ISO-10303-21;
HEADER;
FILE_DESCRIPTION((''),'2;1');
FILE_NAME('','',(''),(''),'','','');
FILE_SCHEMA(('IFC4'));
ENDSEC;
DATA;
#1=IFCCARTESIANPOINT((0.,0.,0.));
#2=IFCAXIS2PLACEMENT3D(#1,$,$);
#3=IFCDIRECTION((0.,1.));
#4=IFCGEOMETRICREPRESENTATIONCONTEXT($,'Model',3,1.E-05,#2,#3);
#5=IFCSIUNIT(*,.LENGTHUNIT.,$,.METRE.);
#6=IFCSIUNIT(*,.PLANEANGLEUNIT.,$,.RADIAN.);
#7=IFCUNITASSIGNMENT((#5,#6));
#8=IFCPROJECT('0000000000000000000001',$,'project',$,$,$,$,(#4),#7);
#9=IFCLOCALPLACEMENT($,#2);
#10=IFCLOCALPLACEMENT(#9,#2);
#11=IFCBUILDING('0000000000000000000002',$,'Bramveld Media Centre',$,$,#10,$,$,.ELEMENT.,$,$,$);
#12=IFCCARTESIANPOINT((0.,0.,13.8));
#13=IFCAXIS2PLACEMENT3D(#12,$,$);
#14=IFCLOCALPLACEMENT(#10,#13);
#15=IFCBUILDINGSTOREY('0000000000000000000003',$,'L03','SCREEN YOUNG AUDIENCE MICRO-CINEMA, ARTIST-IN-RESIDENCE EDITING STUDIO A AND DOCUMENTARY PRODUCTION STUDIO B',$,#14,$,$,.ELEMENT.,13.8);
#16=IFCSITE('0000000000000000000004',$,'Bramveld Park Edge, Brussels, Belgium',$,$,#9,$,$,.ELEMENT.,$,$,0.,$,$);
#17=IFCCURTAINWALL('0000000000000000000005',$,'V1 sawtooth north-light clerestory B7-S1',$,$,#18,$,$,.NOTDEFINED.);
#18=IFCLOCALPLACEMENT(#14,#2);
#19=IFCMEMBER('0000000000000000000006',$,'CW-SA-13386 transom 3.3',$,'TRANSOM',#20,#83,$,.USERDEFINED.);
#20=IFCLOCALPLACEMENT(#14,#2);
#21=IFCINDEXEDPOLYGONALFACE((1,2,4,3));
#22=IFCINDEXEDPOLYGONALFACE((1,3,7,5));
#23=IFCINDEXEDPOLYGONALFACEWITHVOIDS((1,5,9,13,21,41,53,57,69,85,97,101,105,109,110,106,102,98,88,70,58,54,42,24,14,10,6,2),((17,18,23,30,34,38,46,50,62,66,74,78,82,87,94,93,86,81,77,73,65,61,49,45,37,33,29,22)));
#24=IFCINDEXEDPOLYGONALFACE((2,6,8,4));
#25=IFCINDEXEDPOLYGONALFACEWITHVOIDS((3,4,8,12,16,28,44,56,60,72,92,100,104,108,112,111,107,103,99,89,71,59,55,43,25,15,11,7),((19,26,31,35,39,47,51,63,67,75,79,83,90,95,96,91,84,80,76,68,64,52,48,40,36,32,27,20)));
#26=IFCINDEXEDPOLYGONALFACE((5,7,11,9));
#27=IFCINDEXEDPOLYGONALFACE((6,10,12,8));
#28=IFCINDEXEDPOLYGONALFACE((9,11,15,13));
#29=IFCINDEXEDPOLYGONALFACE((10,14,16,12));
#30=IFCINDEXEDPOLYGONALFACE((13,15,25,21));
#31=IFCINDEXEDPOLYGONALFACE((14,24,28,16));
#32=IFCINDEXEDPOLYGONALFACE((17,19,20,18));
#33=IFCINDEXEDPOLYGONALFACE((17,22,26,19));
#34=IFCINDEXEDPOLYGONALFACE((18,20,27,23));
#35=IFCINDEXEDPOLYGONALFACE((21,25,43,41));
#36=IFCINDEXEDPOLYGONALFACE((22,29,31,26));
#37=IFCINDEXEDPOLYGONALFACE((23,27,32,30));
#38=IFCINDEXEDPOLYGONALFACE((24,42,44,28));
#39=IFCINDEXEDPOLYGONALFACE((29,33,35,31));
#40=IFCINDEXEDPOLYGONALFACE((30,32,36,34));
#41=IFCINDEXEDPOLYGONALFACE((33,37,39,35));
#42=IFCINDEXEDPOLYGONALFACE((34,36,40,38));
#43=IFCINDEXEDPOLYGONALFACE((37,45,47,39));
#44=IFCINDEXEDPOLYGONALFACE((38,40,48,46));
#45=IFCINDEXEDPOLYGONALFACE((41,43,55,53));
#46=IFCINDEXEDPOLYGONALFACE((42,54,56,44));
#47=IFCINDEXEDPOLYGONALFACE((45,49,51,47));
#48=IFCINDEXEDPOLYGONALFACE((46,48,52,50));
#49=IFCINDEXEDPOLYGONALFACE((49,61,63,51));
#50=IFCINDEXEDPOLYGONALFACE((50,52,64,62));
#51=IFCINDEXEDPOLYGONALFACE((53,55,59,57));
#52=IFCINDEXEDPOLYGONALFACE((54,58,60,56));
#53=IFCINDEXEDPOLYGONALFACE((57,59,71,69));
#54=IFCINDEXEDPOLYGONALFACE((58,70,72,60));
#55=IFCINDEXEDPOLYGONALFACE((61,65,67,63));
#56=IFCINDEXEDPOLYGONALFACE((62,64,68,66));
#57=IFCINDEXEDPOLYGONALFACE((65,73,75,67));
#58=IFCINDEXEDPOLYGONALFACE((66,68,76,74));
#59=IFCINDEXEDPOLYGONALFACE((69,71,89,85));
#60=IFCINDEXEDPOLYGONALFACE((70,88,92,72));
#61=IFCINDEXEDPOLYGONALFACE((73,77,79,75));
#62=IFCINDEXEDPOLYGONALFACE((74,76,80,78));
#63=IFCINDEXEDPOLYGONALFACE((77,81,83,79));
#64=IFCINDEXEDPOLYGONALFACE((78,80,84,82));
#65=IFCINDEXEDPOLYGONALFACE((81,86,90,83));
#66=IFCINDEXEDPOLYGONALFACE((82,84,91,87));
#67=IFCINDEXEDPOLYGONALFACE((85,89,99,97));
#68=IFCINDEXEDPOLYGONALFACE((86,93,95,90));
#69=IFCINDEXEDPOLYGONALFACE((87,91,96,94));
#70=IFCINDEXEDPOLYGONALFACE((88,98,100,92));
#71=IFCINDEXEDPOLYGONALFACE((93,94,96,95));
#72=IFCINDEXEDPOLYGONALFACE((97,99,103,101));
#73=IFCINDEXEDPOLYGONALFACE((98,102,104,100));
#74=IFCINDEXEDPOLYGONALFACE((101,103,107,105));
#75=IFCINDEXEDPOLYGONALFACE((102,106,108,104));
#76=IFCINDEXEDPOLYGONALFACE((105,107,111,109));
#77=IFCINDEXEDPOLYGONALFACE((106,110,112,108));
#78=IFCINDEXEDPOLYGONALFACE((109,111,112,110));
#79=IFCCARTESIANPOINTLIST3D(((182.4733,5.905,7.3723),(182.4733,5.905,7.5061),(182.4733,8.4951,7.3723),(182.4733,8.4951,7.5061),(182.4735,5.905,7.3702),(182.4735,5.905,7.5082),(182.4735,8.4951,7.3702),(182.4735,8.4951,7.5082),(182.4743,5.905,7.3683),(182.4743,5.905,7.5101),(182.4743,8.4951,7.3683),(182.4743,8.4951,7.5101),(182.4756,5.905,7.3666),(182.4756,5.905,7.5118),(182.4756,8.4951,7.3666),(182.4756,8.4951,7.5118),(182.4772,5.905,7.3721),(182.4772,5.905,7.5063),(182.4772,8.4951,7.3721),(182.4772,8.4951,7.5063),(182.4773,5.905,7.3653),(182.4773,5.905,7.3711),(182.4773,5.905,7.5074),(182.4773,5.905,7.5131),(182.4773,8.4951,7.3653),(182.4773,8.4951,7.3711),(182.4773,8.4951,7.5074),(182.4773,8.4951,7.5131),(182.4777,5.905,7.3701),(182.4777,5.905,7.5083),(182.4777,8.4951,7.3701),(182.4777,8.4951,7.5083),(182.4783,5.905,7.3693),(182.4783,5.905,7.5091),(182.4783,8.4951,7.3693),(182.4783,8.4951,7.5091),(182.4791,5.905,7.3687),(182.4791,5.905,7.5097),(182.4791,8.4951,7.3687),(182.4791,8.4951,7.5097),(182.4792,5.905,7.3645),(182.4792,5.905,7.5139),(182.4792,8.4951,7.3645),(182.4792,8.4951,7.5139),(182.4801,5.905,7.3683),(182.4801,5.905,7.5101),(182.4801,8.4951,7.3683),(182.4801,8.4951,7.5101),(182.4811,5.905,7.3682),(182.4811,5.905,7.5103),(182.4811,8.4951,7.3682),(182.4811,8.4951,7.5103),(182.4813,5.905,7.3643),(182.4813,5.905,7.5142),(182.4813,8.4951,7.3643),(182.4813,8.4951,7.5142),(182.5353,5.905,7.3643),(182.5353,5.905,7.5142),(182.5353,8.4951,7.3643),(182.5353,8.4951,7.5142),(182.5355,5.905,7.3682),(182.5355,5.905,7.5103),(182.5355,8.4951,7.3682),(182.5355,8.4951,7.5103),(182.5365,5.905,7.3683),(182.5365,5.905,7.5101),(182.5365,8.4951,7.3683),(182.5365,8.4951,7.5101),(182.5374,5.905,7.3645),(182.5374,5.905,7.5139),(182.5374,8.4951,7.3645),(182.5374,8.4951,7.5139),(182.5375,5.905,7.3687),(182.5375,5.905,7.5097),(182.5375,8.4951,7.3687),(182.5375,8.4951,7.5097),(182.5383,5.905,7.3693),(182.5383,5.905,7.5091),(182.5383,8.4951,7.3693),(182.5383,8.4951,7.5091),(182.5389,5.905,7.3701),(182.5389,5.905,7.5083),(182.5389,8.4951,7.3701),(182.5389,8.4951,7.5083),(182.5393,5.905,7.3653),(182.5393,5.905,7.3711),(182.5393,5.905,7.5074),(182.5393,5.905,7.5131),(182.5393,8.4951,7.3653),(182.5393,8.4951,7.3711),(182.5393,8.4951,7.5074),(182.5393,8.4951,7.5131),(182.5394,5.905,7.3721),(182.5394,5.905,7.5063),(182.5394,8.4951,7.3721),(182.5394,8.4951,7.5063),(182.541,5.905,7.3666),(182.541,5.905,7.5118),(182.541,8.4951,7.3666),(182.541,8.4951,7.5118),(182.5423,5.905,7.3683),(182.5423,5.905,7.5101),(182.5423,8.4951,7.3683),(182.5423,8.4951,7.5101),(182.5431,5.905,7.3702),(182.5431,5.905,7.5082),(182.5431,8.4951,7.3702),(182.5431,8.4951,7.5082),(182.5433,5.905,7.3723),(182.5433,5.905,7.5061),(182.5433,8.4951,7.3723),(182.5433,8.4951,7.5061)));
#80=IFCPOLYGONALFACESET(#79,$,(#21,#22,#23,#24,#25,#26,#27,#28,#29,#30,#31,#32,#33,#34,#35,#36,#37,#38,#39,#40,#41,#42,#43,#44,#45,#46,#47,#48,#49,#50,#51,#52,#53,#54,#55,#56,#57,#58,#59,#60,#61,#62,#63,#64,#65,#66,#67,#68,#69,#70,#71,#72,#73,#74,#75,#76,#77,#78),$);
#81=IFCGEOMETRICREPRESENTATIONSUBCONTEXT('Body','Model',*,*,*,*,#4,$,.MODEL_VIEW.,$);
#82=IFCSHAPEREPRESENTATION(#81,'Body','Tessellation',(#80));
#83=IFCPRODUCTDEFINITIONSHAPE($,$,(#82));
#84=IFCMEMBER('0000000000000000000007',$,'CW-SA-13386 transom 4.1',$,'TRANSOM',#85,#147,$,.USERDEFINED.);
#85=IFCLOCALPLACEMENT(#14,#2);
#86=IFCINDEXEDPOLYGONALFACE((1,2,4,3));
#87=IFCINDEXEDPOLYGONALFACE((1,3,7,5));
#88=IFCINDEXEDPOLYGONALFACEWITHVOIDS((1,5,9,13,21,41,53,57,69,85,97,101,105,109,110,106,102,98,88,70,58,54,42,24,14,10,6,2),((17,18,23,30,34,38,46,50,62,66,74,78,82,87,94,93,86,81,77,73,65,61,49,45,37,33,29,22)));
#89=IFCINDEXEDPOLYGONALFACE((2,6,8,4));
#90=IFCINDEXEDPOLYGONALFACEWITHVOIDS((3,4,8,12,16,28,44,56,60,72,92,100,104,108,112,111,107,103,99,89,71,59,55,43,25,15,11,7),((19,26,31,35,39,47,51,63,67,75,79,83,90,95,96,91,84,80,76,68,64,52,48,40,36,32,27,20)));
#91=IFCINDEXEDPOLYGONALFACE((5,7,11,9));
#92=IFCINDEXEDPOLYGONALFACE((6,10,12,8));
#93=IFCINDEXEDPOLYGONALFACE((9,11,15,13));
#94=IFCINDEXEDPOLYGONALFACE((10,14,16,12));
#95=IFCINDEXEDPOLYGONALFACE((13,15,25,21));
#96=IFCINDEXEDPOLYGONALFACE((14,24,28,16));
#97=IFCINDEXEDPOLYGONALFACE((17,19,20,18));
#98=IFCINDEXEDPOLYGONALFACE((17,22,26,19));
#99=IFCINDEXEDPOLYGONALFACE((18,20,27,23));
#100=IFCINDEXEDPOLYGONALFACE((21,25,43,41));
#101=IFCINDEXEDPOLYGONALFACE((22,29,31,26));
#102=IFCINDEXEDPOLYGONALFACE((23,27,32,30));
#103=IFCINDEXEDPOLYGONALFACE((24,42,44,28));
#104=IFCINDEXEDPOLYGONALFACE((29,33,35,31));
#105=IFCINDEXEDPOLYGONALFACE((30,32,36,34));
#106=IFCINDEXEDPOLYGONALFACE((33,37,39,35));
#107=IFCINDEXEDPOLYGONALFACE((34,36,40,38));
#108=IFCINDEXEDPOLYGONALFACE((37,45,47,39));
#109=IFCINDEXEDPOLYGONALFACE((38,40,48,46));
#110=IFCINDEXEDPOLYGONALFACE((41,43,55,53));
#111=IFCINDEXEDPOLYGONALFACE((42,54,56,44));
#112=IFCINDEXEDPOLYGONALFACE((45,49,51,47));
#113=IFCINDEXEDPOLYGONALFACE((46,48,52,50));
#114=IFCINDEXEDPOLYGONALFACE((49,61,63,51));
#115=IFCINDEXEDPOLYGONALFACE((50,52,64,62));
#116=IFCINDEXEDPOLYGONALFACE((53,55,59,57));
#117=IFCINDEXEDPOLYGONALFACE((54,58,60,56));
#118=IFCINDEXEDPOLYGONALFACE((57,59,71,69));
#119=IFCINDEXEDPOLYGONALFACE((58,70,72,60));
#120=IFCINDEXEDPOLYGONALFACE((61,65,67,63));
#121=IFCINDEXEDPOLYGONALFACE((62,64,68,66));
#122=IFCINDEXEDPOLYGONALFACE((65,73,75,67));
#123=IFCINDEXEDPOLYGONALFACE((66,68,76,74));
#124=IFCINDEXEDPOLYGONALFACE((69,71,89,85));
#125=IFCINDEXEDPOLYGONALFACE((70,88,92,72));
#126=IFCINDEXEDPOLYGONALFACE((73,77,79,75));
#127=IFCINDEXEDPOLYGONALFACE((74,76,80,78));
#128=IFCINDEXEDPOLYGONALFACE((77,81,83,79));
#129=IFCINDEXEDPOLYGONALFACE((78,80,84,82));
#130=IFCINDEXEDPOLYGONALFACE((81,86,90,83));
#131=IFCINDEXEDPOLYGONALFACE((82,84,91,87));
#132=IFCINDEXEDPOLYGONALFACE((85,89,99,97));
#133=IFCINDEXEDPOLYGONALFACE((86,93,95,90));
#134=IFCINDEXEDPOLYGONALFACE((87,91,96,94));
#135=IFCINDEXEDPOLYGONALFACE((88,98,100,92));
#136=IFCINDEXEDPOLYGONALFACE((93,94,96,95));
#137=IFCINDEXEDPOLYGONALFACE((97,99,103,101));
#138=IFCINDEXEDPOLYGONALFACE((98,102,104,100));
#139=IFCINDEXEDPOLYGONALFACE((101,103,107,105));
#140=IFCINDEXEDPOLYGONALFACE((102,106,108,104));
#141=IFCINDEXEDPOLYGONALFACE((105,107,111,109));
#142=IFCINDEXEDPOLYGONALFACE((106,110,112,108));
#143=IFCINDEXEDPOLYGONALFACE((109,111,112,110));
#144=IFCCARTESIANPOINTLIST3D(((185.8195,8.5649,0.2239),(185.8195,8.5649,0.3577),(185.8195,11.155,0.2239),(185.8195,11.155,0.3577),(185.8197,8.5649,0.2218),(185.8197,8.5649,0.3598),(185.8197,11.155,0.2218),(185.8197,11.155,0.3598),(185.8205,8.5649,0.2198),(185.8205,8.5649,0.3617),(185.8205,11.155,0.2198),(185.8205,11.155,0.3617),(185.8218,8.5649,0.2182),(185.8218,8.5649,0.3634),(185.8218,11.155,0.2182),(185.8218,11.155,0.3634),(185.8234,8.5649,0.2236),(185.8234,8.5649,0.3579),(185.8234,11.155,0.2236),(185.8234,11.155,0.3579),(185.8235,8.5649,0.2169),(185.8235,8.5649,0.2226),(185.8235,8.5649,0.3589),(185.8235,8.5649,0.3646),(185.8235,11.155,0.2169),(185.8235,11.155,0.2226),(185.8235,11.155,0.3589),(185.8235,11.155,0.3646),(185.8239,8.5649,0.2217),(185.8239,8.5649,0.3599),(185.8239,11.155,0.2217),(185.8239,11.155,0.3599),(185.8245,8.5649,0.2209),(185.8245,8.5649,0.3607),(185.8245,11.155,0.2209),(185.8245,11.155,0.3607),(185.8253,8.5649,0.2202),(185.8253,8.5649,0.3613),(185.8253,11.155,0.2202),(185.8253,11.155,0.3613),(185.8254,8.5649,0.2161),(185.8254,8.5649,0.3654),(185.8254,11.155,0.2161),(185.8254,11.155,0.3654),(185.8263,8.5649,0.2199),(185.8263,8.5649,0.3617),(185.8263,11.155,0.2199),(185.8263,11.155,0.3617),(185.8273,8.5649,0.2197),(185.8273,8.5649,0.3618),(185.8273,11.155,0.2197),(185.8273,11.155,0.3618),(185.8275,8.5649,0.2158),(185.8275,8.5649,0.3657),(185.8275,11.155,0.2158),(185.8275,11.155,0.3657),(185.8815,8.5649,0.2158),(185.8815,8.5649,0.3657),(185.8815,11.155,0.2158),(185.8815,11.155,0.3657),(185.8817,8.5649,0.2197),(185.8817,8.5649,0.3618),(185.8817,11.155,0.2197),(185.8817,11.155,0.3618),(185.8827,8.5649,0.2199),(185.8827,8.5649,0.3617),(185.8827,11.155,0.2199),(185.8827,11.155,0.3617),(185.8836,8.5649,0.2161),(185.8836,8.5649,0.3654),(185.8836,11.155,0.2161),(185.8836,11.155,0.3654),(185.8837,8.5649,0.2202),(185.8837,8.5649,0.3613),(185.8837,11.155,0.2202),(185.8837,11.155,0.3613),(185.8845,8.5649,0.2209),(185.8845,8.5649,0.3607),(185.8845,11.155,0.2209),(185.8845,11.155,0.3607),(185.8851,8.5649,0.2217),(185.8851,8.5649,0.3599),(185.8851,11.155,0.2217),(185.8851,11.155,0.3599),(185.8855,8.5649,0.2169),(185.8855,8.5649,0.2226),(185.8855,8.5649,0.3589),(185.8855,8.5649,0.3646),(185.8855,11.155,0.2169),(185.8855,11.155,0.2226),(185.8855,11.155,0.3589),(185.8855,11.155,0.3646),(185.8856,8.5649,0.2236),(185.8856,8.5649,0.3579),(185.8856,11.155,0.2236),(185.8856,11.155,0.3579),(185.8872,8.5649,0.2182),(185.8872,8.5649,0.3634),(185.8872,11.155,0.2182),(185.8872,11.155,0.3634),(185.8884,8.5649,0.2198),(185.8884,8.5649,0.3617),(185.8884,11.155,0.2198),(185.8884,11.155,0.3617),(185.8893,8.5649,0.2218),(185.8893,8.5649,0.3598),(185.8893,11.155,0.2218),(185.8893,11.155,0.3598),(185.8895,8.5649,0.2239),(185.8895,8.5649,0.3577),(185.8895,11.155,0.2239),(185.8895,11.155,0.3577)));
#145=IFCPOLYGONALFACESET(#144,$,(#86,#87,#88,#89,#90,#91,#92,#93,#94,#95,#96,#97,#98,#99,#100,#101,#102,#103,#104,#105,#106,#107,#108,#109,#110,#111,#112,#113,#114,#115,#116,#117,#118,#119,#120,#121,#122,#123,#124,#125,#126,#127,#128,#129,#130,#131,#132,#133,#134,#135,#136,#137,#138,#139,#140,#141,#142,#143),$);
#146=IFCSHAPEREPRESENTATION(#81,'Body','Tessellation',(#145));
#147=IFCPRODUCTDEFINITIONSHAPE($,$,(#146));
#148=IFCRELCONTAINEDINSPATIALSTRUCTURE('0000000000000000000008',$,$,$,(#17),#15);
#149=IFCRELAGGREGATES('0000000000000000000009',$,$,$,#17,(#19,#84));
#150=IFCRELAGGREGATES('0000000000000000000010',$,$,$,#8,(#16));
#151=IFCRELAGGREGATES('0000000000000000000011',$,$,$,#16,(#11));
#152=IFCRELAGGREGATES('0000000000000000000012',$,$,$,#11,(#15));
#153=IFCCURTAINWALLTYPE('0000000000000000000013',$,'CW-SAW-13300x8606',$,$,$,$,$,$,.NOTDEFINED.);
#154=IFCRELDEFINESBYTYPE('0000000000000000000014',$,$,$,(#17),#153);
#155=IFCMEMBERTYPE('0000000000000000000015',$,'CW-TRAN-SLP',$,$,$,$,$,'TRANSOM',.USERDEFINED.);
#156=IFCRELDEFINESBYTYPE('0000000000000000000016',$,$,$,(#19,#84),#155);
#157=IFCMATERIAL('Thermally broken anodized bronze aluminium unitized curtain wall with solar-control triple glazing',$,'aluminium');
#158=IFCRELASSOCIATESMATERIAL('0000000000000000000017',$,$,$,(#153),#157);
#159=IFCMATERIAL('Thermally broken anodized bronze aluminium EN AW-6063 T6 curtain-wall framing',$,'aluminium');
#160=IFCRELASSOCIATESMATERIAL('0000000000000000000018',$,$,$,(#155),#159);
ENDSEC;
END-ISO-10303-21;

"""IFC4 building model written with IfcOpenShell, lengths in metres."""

from ifc_helpers import new_model, si_unit, direction, frame, origin, origin_2d, place, context, subcontext, project, spatial, hollow_rectangle, extrude, material, material_profile, profile_set, type_object, element, aggregate, save


model = new_model("IFC4")

# Units and contexts
model_context = context("Model", 3, precision=1e-05, world=origin(), true_north=direction((0.0, 1.0)))
body_context = subcontext(model_context, "Body", "Model", "MODEL_VIEW")
ifc_project = project(units=[si_unit("LENGTHUNIT", "METRE"), si_unit("PLANEANGLEUNIT", "RADIAN")], contexts=[model_context])

# Site, building, storey
site_placement = place(None, origin())
site = spatial("IfcSite", under=ifc_project, at=site_placement, Name="Bramveld Park Edge, Brussels, Belgium", CompositionType="ELEMENT", RefElevation=0.0)
building_placement = place(site_placement, origin())
building = spatial("IfcBuilding", under=site, at=building_placement, Name="Bramveld Media Centre", CompositionType="ELEMENT")
storey_placement = place(building_placement, frame((0.0, 0.0, 13.8)))
storey = spatial("IfcBuildingStorey", under=building, at=storey_placement, Name="L03", Description="SCREEN YOUNG AUDIENCE MICRO-CINEMA, ARTIST-IN-RESIDENCE EDITING STUDIO A AND DOCUMENTARY PRODUCTION STUDIO B", CompositionType="ELEMENT", Elevation=13.8)

# Curtain wall, members
ifc_material_1 = material(Name="Thermally broken anodized bronze aluminium unitized curtain wall with solar-control triple glazing", Category="aluminium")
curtain_wall_type = type_object("IfcCurtainWallType", Name="CW-SAW-13300x8606", PredefinedType="NOTDEFINED", material=ifc_material_1)
curtain_wall_placement = place(storey_placement, origin())
curtain_wall = element("IfcCurtainWall", 1, at=curtain_wall_placement, inside=storey, type_object=curtain_wall_type, Name="V1 sawtooth north-light clerestory B7-S1", PredefinedType="NOTDEFINED")
ifc_material_2 = material(Name="Thermally broken anodized bronze aluminium EN AW-6063 T6 curtain-wall framing", Category="aluminium")
ifc_material_profile_1 = material_profile(ifc_material_2, hollow_rectangle(XDim=0.0701, YDim=0.1499, WallThickness=0.0039, InnerFilletRadius=0.0039, OuterFilletRadius=0.0081, at=origin_2d()), Name="AL-TRAN 70x150")
ifc_profile_set_1 = profile_set([ifc_material_profile_1], Name="Thermally broken anodized bronze aluminium EN AW-6063 T6 curtain-wall framing")
member_type_1 = type_object("IfcMemberType", Name="CW-TRAN-SLP", ElementType="TRANSOM", PredefinedType="USERDEFINED", material=ifc_profile_set_1)
member_1_placement = place(storey_placement, frame((182.5083, 5.905, 7.4392), z_axis=(0.0, 1.0, 0.0), x_axis=(-1.0, 0.0, 0.0)))
member_1 = element("IfcMember", 2, at=member_1_placement, type_object=member_type_1, Name="CW-SA-13386 transom 3.3", ObjectType="TRANSOM", PredefinedType="USERDEFINED", context=body_context, shape_type="SweptSolid", body=[
    extrude(hollow_rectangle(XDim=0.0701, YDim=0.1499, WallThickness=0.0039, InnerFilletRadius=0.0039, OuterFilletRadius=0.0081, at=origin_2d()), origin(), (0.0, 0.0, 1.0), 2.5901),
])
member_2_placement = place(storey_placement, frame((185.8545, 8.5649, 0.2908), z_axis=(0.0, 1.0, 0.0), x_axis=(-1.0, 0.0, 0.0)))
member_2 = element("IfcMember", 3, at=member_2_placement, type_object=member_type_1, Name="CW-SA-13386 transom 4.1", ObjectType="TRANSOM", PredefinedType="USERDEFINED", context=body_context, shape_type="SweptSolid", body=[
    extrude(hollow_rectangle(XDim=0.0701, YDim=0.1499, WallThickness=0.0039, InnerFilletRadius=0.0039, OuterFilletRadius=0.0081, at=origin_2d()), origin(), (0.0, 0.0, 1.0), 2.5901),
])

aggregate(curtain_wall, [member_1, member_2])

save(model, "model.ifc")
